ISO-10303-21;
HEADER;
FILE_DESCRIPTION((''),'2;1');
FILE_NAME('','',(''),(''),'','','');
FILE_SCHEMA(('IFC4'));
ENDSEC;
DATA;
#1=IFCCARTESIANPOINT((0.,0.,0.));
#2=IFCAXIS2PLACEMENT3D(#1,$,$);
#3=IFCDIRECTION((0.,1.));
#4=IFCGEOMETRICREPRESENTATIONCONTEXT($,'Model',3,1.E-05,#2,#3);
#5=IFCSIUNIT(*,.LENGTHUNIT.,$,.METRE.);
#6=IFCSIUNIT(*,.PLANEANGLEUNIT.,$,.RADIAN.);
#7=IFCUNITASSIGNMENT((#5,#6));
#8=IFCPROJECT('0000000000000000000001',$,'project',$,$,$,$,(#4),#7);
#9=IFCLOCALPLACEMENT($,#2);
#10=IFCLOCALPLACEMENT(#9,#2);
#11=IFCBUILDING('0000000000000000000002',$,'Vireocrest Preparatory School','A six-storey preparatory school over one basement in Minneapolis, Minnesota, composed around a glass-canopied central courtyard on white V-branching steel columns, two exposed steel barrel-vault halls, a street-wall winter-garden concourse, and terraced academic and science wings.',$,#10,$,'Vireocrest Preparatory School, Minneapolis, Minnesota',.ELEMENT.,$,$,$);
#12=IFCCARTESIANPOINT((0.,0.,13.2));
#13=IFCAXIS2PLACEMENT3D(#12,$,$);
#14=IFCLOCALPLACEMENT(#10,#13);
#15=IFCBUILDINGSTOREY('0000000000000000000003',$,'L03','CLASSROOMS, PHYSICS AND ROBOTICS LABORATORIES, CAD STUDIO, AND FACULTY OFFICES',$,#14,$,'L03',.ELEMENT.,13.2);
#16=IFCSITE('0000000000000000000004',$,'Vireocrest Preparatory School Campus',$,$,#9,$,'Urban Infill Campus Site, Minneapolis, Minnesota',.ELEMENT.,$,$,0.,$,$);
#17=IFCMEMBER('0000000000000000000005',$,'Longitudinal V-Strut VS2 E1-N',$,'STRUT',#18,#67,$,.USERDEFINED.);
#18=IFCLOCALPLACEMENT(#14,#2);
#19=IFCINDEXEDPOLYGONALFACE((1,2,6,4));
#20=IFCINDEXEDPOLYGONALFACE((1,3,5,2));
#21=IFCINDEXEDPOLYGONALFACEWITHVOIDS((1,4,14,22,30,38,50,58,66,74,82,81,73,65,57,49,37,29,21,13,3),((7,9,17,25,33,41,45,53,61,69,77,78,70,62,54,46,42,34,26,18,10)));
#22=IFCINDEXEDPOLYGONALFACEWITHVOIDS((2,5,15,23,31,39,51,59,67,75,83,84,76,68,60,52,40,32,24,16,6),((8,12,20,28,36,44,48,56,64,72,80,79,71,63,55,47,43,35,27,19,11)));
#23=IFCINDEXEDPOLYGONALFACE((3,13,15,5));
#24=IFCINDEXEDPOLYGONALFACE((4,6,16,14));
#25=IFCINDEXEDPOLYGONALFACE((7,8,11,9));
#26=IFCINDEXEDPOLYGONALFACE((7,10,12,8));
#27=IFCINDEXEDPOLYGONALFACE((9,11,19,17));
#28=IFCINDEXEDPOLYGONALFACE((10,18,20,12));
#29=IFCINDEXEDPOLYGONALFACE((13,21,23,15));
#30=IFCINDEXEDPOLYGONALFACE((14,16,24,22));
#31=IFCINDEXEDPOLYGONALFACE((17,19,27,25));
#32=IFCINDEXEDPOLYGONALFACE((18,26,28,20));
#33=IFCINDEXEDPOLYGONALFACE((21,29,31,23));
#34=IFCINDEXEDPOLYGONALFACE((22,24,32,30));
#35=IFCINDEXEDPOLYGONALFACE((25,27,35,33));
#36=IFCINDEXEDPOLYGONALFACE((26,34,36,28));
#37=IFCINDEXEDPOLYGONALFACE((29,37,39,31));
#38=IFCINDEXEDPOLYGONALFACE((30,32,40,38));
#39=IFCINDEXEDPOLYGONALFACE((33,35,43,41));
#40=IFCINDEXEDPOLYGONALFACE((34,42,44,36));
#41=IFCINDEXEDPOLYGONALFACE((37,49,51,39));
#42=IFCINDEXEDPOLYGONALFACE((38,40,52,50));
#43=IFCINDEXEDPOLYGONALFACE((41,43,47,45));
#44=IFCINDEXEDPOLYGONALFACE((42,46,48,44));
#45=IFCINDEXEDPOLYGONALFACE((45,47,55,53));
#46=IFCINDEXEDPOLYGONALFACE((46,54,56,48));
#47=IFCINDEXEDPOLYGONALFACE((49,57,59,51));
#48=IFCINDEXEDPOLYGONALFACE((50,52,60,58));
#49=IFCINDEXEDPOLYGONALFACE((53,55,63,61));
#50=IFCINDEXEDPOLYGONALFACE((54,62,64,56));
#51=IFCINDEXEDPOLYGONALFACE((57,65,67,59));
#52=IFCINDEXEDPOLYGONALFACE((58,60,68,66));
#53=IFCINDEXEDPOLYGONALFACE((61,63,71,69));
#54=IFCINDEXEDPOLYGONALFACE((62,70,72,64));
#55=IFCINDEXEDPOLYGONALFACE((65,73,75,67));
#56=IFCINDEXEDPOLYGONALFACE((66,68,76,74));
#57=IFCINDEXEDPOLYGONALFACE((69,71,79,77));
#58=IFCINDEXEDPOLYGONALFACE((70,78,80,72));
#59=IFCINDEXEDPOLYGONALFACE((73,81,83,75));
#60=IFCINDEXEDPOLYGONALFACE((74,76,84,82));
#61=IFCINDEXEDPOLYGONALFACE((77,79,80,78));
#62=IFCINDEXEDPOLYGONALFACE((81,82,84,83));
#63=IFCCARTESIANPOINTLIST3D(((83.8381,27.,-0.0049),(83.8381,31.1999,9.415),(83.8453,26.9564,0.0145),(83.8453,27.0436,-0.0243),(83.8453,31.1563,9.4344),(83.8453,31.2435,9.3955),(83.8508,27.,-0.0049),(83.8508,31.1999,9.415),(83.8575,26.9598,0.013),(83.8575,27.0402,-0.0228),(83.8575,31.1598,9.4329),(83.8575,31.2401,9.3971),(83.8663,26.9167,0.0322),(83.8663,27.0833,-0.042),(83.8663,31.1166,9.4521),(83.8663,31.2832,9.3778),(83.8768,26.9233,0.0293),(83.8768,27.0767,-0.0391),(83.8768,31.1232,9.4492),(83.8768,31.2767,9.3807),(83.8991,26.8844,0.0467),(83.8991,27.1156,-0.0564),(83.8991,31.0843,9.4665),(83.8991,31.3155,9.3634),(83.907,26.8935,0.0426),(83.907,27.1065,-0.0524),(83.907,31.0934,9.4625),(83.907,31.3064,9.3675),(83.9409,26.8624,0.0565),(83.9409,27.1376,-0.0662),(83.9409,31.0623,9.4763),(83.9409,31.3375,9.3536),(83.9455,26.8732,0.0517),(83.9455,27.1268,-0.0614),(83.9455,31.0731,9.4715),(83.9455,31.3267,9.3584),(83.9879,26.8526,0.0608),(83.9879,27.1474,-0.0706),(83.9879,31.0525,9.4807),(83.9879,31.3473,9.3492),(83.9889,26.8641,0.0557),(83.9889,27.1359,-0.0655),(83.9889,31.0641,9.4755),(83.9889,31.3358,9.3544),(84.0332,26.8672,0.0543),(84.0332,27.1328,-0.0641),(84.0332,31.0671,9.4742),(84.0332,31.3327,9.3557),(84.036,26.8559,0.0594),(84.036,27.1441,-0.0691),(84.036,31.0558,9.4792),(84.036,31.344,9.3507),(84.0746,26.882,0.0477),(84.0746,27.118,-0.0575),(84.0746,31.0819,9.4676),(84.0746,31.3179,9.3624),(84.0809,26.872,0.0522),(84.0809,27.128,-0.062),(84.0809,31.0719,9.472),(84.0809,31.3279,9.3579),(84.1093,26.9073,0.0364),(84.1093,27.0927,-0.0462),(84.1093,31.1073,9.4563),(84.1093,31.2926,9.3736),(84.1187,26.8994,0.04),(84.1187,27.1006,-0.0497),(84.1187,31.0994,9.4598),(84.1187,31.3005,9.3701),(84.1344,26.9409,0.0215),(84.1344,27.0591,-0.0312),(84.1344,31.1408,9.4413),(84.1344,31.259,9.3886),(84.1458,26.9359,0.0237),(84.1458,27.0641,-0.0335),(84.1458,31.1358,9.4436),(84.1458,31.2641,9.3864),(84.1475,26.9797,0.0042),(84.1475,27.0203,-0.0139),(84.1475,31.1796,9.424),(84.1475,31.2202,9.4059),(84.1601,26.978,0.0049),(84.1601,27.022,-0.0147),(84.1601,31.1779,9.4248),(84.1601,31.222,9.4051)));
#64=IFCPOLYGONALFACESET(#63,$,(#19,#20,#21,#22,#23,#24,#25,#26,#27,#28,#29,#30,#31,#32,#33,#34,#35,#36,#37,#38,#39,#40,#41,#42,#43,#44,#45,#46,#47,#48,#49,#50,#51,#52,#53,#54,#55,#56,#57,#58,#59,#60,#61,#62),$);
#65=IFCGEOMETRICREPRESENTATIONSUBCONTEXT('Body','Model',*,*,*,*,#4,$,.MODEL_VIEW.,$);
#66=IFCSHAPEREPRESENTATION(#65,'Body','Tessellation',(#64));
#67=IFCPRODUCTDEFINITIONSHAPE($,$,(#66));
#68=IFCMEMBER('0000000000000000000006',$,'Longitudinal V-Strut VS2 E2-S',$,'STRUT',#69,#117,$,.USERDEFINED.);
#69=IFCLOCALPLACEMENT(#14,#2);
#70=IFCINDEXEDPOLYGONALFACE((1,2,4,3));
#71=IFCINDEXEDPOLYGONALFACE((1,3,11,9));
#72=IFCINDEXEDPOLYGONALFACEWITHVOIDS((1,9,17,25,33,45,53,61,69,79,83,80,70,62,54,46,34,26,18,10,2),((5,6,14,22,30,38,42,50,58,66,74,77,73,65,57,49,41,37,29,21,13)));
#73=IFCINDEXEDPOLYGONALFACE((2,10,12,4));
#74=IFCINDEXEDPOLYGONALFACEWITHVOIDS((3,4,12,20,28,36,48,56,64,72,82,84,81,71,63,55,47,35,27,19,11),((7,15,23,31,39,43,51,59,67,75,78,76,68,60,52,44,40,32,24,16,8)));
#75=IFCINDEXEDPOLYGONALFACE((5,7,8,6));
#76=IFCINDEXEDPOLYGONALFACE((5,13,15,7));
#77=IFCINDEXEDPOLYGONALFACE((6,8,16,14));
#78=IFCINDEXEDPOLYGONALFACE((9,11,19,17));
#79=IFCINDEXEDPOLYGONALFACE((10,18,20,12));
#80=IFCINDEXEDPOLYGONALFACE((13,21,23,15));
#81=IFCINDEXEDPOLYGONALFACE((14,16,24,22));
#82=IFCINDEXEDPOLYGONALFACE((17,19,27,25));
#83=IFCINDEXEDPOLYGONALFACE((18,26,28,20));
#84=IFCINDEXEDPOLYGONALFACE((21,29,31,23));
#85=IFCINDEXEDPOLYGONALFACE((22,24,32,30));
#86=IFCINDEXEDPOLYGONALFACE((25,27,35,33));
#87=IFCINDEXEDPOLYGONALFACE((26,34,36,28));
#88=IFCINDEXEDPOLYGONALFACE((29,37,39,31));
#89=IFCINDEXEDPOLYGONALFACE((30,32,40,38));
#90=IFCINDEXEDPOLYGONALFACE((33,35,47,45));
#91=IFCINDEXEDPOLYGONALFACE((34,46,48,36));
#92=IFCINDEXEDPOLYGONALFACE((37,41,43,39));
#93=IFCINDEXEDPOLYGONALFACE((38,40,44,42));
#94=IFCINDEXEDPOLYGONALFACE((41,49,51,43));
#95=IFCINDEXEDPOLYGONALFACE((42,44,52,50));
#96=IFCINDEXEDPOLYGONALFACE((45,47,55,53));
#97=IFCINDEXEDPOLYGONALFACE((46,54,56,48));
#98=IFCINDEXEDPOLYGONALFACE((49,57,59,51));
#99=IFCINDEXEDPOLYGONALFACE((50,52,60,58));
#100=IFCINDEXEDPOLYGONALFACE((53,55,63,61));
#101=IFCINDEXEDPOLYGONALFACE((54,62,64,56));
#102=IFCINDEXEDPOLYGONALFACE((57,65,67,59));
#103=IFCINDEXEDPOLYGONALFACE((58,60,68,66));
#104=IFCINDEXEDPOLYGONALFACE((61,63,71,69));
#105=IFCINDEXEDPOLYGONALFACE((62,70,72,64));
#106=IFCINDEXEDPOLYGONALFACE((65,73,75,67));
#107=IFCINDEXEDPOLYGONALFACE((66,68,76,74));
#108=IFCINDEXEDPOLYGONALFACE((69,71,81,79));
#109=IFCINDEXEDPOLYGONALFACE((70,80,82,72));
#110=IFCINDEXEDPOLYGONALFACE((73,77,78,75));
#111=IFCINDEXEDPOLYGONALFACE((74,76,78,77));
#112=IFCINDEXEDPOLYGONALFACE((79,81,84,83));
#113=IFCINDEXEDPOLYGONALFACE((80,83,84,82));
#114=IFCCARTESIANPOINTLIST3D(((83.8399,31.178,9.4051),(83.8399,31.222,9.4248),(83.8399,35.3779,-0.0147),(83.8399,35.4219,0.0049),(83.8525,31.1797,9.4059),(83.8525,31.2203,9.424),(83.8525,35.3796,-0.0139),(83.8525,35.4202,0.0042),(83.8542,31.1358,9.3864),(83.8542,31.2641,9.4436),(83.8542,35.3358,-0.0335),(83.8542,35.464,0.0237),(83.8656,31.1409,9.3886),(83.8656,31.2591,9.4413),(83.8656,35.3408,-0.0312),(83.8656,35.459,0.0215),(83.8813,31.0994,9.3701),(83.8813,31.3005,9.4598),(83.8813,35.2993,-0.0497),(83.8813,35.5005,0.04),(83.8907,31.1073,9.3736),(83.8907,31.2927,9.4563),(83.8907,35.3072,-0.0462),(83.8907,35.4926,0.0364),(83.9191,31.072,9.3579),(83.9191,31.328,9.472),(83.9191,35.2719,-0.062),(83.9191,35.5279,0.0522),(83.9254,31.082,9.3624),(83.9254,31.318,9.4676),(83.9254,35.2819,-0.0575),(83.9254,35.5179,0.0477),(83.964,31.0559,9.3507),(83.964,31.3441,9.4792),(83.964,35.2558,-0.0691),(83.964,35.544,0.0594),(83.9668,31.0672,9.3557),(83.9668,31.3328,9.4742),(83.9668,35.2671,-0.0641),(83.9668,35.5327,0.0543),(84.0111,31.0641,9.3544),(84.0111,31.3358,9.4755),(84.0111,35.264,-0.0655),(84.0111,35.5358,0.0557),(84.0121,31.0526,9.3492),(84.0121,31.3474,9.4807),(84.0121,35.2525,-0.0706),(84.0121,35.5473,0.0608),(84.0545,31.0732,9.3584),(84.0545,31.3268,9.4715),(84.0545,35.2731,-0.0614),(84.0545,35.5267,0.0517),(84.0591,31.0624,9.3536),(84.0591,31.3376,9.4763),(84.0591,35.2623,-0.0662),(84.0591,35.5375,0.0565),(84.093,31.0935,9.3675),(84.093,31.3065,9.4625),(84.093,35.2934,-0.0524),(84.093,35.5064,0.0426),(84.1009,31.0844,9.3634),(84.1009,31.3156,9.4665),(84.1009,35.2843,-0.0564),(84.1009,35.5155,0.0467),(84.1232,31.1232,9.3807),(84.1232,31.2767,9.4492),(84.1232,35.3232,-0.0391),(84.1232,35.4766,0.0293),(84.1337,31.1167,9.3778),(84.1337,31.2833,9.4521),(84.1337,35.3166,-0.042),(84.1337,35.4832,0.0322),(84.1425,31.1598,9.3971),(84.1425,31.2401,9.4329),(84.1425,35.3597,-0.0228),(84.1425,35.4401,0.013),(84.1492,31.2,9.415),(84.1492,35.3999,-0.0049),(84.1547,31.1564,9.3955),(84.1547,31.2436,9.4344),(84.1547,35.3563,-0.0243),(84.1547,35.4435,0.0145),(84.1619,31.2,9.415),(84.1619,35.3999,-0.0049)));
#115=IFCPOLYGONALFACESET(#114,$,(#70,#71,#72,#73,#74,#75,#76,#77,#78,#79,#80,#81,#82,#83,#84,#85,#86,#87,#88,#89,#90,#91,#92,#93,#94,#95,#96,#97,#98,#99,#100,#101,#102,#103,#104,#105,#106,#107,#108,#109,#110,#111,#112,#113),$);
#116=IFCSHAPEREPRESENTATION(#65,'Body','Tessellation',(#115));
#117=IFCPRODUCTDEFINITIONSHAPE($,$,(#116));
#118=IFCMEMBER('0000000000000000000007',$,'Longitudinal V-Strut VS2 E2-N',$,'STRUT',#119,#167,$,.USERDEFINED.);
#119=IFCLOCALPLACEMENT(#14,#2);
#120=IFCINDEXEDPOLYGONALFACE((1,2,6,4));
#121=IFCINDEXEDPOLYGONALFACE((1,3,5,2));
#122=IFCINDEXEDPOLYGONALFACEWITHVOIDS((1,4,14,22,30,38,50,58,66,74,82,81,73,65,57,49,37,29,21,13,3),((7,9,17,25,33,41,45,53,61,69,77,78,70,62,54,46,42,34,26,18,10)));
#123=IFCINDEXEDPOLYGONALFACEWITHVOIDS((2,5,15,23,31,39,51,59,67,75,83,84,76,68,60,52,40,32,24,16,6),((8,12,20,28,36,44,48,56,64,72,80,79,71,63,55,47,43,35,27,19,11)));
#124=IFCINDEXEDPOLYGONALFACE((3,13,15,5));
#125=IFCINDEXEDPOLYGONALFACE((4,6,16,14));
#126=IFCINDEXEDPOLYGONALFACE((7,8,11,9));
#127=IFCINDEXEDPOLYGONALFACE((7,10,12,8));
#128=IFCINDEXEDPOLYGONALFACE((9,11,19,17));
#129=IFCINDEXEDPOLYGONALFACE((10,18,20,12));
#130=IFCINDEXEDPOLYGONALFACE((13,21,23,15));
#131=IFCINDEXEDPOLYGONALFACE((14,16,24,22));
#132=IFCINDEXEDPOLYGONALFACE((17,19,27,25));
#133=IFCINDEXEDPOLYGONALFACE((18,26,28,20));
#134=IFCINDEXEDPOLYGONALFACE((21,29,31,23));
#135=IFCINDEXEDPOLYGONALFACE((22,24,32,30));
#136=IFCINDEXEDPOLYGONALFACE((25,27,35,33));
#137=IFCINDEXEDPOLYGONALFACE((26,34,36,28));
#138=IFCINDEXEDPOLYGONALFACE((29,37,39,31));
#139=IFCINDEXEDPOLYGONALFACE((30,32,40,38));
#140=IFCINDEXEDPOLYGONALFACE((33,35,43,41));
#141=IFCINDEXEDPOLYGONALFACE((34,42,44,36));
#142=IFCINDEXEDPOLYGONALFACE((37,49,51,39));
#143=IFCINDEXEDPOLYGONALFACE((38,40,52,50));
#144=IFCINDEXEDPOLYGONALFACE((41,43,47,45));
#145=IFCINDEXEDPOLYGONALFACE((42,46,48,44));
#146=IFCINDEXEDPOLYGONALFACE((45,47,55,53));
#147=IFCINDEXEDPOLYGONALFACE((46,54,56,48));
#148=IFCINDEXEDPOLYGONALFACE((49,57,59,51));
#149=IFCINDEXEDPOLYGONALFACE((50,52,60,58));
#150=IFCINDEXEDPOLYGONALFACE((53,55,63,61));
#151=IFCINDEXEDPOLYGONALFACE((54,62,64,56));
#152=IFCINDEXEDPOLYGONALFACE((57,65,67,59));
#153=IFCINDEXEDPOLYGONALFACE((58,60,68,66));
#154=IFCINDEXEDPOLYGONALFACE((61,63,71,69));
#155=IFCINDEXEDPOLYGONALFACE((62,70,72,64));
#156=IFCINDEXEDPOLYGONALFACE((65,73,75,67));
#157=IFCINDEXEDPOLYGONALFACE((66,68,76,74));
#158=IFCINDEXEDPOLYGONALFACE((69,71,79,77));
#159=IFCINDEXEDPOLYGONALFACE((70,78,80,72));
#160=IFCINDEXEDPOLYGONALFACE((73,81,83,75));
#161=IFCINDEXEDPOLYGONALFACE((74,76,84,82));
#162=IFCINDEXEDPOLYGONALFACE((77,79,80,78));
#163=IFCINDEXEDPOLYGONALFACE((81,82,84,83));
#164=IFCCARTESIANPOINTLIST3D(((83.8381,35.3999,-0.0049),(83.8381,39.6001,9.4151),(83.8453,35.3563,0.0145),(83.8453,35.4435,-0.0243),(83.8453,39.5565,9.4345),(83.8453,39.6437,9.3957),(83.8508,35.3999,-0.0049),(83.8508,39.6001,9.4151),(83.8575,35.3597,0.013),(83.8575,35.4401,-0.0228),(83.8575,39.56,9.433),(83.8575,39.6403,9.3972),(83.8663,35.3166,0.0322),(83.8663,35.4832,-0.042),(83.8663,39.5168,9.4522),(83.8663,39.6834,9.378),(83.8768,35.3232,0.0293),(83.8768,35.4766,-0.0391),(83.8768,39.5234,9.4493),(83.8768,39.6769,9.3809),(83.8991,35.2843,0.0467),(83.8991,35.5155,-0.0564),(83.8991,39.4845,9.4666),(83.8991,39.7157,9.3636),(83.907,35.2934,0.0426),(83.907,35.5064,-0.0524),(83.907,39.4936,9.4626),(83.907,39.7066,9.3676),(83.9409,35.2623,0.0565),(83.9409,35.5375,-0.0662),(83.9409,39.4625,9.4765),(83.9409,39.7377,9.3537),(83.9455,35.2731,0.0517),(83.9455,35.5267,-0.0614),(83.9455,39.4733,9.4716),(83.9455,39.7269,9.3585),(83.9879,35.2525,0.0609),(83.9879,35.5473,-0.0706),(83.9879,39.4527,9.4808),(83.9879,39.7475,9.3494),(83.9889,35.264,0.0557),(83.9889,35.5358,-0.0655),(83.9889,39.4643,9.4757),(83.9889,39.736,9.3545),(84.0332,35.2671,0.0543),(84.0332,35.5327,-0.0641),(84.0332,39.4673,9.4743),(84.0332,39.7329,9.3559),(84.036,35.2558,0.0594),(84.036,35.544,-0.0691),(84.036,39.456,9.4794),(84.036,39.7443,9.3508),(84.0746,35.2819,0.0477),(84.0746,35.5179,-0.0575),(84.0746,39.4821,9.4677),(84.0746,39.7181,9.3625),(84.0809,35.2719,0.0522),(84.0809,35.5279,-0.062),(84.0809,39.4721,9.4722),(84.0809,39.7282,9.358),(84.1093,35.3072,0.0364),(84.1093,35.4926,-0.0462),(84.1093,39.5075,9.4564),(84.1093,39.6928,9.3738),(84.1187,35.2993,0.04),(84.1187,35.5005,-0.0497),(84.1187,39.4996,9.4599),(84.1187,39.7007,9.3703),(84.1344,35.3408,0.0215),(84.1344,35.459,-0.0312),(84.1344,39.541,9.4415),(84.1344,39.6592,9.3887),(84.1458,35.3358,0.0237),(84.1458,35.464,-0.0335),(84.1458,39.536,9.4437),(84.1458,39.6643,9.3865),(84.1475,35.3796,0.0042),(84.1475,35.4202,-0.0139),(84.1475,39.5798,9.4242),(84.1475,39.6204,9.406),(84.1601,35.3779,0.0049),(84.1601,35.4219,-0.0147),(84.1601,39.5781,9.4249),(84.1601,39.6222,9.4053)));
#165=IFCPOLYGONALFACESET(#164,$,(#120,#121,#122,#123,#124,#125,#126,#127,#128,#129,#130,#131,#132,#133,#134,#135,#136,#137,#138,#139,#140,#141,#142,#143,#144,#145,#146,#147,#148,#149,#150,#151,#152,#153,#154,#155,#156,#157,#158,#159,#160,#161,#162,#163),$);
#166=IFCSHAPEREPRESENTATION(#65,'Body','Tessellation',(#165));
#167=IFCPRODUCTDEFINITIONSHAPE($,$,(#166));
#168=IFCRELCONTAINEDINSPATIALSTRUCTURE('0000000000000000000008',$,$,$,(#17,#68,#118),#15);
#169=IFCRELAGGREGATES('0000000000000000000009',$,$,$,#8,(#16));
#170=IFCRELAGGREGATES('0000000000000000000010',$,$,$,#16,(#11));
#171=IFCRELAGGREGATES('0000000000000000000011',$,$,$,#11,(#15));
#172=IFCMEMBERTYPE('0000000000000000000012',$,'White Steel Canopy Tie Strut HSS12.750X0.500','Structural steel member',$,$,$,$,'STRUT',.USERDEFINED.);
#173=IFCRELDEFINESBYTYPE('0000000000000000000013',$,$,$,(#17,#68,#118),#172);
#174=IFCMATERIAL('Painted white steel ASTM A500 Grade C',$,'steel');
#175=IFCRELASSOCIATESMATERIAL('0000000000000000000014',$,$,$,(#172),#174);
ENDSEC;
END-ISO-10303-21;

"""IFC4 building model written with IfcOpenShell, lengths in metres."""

from ifc_helpers import new_model, si_unit, direction, frame, origin, origin_2d, place, context, subcontext, project, spatial, hollow_circle, extrude, material, material_profile, profile_set, type_object, element, save


model = new_model("IFC4")

# Units and contexts
model_context = context("Model", 3, precision=1e-05, world=origin(), true_north=direction((0.0, 1.0)))
body_context = subcontext(model_context, "Body", "Model", "MODEL_VIEW")
ifc_project = project(units=[si_unit("LENGTHUNIT", "METRE"), si_unit("PLANEANGLEUNIT", "RADIAN")], contexts=[model_context])

# Site, building, storey
site_placement = place(None, origin())
site = spatial("IfcSite", under=ifc_project, at=site_placement, Name="Vireocrest Preparatory School Campus", LongName="Urban Infill Campus Site, Minneapolis, Minnesota", CompositionType="ELEMENT", RefElevation=0.0)
building_placement = place(site_placement, origin())
building = spatial("IfcBuilding", under=site, at=building_placement, Name="Vireocrest Preparatory School", Description="A six-storey preparatory school over one basement in Minneapolis, Minnesota, composed around a glass-canopied central courtyard on white V-branching steel columns, two exposed steel barrel-vault halls, a street-wall winter-garden concourse, and terraced academic and science wings.", LongName="Vireocrest Preparatory School, Minneapolis, Minnesota", CompositionType="ELEMENT")
storey_placement = place(building_placement, frame((0.0, 0.0, 13.2)))
storey = spatial("IfcBuildingStorey", under=building, at=storey_placement, Name="L03", Description="CLASSROOMS, PHYSICS AND ROBOTICS LABORATORIES, CAD STUDIO, AND FACULTY OFFICES", LongName="L03", CompositionType="ELEMENT", Elevation=13.2)

# Members
ifc_material_1 = material(Name="Painted white steel ASTM A500 Grade C", Category="steel")
ifc_material_profile_1 = material_profile(ifc_material_1, hollow_circle(Radius=0.1619, WallThickness=0.0127, at=origin_2d()), Name="HSS12.750X0.500")
ifc_profile_set_1 = profile_set([ifc_material_profile_1], Name="Painted white steel ASTM A500 Grade C")
member_type_1 = type_object("IfcMemberType", Name="White Steel Canopy Tie Strut HSS12.750X0.500", Description="Structural steel member", ElementType="STRUT", PredefinedType="USERDEFINED", material=ifc_profile_set_1)
for number, where, z_axis, x_axis, name in (
    (1, (84.0, 27.0, -0.0049), (0.0, 0.407217, 0.913332), (-1.0, 0.0, 0.0), "Longitudinal V-Strut VS2 E1-N"),
    (2, (84.0, 35.3999, -0.0049), (0.0, -0.407217, 0.913332), (1.0, 0.0, 0.0), "Longitudinal V-Strut VS2 E2-S"),
):
    element("IfcMember", number, at=place(storey_placement, frame(where, z_axis=z_axis, x_axis=x_axis)), inside=storey, type_object=member_type_1, Name=name, ObjectType="STRUT", PredefinedType="USERDEFINED", context=body_context, shape_type="SweptSolid", body=[
        extrude(hollow_circle(Radius=0.1619, WallThickness=0.0127, at=origin_2d()), origin(), (0.0, 0.0, 1.0), 10.3137),
    ])
member_1_placement = place(storey_placement, frame((84.0, 35.3999, -0.0049), z_axis=(0.0, 0.407236, 0.913323), x_axis=(-1.0, 0.0, 0.0)))
element("IfcMember", 3, at=member_1_placement, inside=storey, type_object=member_type_1, Name="Longitudinal V-Strut VS2 E2-N", ObjectType="STRUT", PredefinedType="USERDEFINED", context=body_context, shape_type="SweptSolid", body=[
    extrude(hollow_circle(Radius=0.1619, WallThickness=0.0127, at=origin_2d()), origin(), (0.0, 0.0, 1.0), 10.314),
])

save(model, "model.ifc")
